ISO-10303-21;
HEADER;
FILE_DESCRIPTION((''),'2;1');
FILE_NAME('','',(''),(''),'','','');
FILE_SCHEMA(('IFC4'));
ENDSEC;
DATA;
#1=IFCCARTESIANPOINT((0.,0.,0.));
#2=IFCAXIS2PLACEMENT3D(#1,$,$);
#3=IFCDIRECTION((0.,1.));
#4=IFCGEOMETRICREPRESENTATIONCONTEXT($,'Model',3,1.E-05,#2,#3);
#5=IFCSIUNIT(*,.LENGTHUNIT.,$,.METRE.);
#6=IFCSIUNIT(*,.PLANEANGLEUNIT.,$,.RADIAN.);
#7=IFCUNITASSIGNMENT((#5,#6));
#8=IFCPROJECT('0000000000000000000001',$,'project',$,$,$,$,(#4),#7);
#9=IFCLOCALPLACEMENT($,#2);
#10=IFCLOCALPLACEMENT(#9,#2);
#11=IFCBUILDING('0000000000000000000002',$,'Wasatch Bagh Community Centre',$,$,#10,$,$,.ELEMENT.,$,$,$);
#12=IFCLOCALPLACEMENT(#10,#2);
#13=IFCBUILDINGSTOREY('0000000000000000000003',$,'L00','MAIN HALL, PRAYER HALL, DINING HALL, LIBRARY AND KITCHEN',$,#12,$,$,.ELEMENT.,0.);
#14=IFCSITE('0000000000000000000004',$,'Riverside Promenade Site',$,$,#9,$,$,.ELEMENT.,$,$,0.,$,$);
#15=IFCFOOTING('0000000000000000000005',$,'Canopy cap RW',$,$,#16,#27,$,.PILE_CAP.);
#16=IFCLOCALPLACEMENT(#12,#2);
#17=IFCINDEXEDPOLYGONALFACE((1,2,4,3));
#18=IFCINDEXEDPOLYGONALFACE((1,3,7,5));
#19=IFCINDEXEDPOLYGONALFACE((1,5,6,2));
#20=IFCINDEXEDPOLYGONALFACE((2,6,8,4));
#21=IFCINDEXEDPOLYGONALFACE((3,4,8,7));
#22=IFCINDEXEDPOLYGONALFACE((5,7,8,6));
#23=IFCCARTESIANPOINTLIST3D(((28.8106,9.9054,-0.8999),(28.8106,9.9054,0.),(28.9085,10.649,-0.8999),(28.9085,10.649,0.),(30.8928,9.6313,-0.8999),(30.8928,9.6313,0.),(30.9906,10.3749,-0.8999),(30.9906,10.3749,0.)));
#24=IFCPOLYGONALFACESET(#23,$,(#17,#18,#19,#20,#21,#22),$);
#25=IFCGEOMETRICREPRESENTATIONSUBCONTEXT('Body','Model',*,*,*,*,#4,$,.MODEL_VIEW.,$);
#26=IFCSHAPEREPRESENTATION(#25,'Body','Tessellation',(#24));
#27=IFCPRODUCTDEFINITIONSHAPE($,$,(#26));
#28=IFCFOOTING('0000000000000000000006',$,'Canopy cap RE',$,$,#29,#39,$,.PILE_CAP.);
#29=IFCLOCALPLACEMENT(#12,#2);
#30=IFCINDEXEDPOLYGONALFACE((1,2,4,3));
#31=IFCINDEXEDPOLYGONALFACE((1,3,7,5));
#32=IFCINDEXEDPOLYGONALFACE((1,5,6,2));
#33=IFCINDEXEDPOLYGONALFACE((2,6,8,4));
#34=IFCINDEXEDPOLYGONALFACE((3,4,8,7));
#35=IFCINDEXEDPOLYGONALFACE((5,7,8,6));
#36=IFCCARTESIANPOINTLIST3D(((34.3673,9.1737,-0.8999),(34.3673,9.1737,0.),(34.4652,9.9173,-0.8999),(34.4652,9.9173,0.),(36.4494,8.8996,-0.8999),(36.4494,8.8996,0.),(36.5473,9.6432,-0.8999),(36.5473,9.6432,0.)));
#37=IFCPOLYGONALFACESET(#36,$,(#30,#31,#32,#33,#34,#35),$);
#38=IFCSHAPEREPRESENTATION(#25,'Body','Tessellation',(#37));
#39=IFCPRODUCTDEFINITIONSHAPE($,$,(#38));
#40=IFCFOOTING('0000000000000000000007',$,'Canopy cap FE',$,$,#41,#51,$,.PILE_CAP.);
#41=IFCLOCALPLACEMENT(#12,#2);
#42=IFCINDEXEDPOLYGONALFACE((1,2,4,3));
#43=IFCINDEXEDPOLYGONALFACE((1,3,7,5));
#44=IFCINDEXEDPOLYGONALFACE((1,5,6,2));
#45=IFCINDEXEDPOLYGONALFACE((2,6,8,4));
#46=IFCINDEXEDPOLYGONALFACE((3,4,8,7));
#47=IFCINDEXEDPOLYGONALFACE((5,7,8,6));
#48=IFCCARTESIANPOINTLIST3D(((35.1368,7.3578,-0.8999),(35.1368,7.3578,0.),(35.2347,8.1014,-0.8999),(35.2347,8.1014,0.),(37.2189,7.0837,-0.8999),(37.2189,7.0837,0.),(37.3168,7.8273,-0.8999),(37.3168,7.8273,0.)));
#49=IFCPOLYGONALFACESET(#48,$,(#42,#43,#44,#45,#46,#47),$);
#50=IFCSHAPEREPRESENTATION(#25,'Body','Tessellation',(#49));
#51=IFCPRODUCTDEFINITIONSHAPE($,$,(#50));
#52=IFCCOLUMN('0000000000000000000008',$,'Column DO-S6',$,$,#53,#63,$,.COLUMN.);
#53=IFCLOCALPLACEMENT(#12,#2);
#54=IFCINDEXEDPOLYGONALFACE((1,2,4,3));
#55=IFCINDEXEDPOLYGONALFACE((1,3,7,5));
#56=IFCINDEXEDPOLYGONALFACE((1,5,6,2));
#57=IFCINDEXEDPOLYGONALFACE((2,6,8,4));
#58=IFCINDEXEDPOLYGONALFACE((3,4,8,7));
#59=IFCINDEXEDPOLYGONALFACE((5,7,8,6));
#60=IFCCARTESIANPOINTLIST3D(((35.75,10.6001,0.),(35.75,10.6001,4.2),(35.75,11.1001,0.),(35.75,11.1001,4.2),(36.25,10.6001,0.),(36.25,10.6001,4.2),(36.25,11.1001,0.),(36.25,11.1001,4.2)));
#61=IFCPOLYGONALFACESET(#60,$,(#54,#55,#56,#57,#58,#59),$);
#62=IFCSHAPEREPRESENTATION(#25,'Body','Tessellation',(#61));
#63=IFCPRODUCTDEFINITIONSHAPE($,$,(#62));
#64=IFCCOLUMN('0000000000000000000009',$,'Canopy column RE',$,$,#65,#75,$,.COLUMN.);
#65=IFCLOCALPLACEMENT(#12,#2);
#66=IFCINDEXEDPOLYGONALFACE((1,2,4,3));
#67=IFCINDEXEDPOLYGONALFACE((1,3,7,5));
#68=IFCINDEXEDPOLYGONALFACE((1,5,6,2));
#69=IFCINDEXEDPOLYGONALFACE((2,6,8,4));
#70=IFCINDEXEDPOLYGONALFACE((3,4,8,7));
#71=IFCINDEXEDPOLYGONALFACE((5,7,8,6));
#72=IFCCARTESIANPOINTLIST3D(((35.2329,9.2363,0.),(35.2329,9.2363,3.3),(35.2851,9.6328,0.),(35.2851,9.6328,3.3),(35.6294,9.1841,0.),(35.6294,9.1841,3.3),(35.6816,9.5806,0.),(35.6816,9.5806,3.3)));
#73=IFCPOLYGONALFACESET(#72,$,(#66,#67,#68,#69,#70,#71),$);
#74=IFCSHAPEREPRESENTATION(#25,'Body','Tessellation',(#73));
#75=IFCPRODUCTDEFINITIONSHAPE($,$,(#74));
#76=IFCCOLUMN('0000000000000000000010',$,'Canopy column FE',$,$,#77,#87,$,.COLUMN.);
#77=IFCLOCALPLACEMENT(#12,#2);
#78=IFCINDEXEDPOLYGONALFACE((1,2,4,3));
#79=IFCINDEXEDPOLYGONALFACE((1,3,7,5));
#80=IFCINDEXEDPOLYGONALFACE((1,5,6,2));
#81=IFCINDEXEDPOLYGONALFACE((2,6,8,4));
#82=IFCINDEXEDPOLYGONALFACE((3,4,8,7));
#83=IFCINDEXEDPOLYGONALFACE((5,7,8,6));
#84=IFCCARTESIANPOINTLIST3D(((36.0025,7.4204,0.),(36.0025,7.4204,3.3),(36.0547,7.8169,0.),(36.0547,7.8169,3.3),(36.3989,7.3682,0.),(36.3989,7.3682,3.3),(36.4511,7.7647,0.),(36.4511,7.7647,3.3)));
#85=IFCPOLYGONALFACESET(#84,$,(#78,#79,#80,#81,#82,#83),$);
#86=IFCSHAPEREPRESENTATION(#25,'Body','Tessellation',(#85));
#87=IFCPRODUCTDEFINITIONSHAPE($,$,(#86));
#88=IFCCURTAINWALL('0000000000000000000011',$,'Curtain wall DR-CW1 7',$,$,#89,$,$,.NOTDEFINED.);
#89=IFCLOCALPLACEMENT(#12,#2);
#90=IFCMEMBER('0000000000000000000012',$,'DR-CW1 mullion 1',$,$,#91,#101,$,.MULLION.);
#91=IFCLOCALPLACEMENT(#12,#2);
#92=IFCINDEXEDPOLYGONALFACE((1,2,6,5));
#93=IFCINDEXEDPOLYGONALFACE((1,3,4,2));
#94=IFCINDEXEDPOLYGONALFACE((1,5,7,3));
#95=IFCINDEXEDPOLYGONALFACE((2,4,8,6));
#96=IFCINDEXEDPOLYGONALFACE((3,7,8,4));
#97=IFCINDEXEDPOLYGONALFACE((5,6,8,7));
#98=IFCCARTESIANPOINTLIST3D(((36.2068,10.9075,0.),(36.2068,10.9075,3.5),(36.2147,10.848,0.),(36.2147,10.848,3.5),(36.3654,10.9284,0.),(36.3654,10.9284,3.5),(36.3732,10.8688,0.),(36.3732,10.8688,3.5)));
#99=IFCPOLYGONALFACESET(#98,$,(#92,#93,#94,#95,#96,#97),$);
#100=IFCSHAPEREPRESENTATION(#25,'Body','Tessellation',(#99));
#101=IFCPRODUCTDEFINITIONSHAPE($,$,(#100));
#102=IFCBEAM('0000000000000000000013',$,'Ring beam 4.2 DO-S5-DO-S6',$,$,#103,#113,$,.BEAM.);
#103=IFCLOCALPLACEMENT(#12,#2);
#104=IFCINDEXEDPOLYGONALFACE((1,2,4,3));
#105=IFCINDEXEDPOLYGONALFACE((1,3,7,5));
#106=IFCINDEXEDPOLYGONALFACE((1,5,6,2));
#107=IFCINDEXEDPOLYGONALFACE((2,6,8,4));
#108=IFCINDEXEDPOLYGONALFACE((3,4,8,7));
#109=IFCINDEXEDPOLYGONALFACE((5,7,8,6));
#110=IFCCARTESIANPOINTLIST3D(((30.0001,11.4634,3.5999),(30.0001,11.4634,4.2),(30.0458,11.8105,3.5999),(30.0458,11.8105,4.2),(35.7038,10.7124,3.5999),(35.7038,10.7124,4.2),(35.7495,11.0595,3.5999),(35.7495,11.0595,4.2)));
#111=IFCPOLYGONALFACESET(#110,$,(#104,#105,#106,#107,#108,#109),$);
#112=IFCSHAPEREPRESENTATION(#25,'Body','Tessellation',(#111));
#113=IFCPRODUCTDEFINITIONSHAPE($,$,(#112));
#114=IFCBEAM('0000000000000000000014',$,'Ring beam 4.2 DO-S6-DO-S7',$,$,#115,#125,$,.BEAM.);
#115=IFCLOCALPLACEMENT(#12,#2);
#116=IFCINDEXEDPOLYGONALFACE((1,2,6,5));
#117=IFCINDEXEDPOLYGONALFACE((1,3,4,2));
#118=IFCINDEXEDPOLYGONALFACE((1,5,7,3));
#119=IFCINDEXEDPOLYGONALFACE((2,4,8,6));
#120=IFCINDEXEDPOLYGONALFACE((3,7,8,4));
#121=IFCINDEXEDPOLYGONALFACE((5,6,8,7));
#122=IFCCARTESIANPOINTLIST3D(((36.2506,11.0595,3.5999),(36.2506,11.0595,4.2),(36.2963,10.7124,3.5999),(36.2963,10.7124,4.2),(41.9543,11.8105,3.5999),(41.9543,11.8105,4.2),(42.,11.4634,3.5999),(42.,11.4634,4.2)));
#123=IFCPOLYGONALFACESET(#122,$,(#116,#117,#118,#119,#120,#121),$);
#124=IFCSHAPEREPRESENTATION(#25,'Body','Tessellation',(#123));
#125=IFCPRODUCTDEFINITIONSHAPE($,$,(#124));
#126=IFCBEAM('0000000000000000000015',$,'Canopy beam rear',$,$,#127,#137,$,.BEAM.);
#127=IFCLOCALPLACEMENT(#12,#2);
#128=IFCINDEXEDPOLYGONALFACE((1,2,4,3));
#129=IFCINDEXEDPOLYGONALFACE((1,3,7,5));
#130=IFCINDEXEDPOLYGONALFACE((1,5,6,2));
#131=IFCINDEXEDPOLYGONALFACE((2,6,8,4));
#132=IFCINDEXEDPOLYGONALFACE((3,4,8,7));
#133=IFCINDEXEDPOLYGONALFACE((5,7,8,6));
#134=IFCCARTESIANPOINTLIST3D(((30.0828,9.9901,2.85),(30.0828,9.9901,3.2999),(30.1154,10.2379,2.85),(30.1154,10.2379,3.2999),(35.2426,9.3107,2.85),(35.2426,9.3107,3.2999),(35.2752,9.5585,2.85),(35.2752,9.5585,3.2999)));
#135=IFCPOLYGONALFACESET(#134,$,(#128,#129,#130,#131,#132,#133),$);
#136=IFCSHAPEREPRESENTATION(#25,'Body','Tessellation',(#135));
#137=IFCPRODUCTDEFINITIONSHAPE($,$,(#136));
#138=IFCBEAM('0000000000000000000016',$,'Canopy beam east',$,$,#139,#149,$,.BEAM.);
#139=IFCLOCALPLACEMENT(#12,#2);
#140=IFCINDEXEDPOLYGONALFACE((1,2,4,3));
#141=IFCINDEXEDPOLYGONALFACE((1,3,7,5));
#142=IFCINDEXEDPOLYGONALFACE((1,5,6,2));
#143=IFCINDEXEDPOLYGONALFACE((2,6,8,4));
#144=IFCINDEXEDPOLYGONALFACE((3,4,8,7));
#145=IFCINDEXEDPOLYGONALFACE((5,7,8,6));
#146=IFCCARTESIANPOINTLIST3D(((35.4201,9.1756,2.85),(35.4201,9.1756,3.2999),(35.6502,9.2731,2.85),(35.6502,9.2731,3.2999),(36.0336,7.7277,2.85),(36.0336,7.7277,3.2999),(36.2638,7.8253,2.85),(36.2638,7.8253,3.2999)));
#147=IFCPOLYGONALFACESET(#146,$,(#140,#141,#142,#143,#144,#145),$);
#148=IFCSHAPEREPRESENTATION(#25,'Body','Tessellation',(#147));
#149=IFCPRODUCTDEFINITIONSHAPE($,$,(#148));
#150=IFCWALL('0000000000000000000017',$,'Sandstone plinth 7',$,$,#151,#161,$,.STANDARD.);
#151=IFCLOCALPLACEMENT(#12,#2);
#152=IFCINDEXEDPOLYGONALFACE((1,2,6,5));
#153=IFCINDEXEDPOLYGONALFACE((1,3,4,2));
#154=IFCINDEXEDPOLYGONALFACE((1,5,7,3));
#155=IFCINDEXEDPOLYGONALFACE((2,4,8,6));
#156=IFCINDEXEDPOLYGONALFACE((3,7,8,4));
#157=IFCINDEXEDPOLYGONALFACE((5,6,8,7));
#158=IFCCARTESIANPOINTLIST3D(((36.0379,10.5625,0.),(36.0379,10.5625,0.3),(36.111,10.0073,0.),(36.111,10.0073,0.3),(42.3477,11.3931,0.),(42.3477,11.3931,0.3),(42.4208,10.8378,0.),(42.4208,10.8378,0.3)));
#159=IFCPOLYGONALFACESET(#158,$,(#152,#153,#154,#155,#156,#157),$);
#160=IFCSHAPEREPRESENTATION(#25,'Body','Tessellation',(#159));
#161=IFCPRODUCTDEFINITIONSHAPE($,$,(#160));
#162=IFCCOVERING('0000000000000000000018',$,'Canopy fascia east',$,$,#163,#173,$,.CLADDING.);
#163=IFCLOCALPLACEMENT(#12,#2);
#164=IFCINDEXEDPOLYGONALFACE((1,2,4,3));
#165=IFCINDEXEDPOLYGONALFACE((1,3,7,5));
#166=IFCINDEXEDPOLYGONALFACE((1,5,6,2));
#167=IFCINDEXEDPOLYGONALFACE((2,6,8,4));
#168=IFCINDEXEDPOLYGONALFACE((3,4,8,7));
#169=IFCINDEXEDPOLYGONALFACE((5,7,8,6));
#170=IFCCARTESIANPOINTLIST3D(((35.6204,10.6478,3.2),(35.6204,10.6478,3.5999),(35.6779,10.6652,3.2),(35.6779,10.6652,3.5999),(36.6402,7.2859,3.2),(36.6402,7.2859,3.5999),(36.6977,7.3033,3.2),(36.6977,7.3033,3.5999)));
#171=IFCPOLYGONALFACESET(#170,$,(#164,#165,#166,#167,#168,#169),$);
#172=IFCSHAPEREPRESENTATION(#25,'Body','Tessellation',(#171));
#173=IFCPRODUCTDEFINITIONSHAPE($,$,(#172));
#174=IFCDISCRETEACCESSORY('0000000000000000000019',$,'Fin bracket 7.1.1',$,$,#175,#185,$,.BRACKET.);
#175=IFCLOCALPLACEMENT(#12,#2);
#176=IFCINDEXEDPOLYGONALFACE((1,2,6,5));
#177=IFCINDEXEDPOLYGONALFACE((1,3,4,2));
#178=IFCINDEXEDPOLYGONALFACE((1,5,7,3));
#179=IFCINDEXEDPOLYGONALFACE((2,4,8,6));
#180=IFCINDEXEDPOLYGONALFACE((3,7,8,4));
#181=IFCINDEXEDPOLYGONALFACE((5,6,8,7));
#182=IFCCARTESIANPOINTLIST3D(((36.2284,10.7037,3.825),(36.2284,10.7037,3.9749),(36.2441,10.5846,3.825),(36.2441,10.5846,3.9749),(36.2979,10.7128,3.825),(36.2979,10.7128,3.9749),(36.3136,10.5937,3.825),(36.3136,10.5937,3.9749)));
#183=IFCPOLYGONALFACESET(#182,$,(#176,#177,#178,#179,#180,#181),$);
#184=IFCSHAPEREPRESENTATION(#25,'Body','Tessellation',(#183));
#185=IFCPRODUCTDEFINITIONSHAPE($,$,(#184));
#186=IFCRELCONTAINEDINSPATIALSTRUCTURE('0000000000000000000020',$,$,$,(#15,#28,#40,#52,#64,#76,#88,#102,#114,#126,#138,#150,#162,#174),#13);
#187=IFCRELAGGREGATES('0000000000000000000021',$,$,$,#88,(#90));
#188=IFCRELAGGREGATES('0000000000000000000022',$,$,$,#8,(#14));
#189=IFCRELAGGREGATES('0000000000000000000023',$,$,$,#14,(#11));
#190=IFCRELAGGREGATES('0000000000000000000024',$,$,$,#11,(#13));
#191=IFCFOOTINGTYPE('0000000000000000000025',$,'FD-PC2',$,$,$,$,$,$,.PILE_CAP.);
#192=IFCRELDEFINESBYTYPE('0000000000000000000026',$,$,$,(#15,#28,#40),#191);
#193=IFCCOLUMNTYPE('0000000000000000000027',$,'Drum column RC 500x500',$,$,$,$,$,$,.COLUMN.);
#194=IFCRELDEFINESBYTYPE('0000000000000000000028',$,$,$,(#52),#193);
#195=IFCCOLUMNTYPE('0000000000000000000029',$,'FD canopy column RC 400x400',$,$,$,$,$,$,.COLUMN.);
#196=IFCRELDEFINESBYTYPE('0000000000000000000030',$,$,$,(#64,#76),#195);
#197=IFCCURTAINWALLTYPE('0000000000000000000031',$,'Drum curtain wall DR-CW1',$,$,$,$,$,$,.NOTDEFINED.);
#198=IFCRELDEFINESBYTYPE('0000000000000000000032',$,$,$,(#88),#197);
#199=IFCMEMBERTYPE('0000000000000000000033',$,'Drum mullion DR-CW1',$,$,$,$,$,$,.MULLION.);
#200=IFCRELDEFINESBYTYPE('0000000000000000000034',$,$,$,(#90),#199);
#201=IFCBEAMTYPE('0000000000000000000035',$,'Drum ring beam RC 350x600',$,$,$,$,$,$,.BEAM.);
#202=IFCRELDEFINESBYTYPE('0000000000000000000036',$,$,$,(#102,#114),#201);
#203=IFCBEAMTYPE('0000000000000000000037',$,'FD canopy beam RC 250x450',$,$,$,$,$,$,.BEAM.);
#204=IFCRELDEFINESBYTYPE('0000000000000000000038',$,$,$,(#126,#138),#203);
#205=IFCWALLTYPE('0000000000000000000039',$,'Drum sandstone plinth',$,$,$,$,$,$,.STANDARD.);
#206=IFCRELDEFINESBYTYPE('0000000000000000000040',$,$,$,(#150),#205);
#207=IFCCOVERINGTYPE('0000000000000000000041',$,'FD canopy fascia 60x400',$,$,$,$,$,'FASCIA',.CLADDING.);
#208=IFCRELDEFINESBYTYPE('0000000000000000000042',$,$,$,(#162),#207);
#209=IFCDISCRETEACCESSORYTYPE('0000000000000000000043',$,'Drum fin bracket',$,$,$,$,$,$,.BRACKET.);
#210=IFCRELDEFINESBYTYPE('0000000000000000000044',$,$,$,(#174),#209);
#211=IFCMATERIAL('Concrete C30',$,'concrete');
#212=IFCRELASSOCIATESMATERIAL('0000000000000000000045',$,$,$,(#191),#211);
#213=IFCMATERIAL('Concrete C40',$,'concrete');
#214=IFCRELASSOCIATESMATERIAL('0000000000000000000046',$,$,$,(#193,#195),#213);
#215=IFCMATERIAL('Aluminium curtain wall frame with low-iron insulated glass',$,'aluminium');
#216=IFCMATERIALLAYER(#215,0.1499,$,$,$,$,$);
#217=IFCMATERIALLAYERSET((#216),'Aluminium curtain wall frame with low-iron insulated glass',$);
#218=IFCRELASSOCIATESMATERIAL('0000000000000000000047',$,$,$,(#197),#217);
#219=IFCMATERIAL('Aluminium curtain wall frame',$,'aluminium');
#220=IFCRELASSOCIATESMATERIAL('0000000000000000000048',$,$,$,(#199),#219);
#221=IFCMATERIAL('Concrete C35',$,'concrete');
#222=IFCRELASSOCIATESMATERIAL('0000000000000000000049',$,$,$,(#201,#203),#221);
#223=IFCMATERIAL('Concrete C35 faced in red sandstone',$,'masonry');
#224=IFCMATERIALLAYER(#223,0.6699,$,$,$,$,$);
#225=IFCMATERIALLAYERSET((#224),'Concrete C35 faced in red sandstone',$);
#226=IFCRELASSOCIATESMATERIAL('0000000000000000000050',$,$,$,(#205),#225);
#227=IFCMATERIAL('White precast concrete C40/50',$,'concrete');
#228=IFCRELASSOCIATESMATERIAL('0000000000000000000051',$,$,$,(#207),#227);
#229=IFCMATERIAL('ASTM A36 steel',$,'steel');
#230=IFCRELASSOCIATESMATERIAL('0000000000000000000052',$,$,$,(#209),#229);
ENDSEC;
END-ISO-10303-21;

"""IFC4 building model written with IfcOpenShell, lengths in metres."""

from ifc_helpers import new_model, si_unit, direction, frame, frame_2d, origin, origin_2d, place, context, subcontext, project, spatial, rectangle, extrude, material, layer, layer_set, material_profile, profile_set, type_object, element, aggregate, save


model = new_model("IFC4")

# Units and contexts
model_context = context("Model", 3, precision=1e-05, world=origin(), true_north=direction((0.0, 1.0)))
body_context = subcontext(model_context, "Body", "Model", "MODEL_VIEW")
ifc_project = project(units=[si_unit("LENGTHUNIT", "METRE"), si_unit("PLANEANGLEUNIT", "RADIAN")], contexts=[model_context])

# Site, building, storey
site_placement = place(None, origin())
site = spatial("IfcSite", under=ifc_project, at=site_placement, Name="Riverside Promenade Site", CompositionType="ELEMENT", RefElevation=0.0)
building_placement = place(site_placement, origin())
building = spatial("IfcBuilding", under=site, at=building_placement, Name="Wasatch Bagh Community Centre", CompositionType="ELEMENT")
storey_placement = place(building_placement, origin())
storey = spatial("IfcBuildingStorey", under=building, at=storey_placement, Name="L00", Description="MAIN HALL, PRAYER HALL, DINING HALL, LIBRARY AND KITCHEN", CompositionType="ELEMENT", Elevation=0.0)

# Shared definitions
ifc_material_1 = material(Name="Concrete C30", Category="concrete")

# Footings
footing_type = type_object("IfcFootingType", Name="FD-PC2", PredefinedType="PILE_CAP", material=ifc_material_1)
for number, where, z_axis, x_axis, name in (
    (1, (29.9006, 10.1401, -0.8999), (0.0, 0.0, 1.0), (0.991445, -0.130526, 0.0), "Canopy cap RW"),
    (2, (35.4573, 9.4084, -0.8999), (0.0, 0.0, 1.0), (0.991445, -0.130526, 0.0), "Canopy cap RE"),
    (3, (36.2268, 7.5925, -0.8999), (0.0, 0.0, 1.0), (0.991445, -0.130526, 0.0), "Canopy cap FE"),
):
    element("IfcFooting", number, at=place(storey_placement, frame(where, z_axis=z_axis, x_axis=x_axis)), inside=storey, type_object=footing_type, Name=name, PredefinedType="PILE_CAP", context=body_context, shape_type="SweptSolid", body=[
        extrude(rectangle(XDim=2.1001, YDim=0.75, at=origin_2d()), origin(), (0.0, 0.0, 1.0), 0.8999),
    ])

# Columns
ifc_material_2 = material(Name="Concrete C40", Category="concrete")
ifc_material_profile_1 = material_profile(ifc_material_2, rectangle(XDim=0.5, YDim=0.5, at=origin_2d()), Name="RC 500x500")
ifc_profile_set_1 = profile_set([ifc_material_profile_1], Name="Concrete C40")
column_type_1 = type_object("IfcColumnType", Name="Drum column RC 500x500", PredefinedType="COLUMN", material=ifc_profile_set_1)
column_placement = place(storey_placement, frame((36.0, 10.8501, 0.0), z_axis=(0.0, 0.0, 1.0), x_axis=(1.0, 0.0, 0.0)))
element("IfcColumn", 4, at=column_placement, inside=storey, type_object=column_type_1, Name="Column DO-S6", PredefinedType="COLUMN", context=body_context, shape_type="SweptSolid", body=[
    extrude(rectangle(XDim=0.5, YDim=0.5, at=origin_2d()), origin(), (0.0, 0.0, 1.0), 4.2),
])
ifc_material_profile_2 = material_profile(ifc_material_2, rectangle(XDim=0.3999, YDim=0.3999, at=origin_2d()), Name="RC 400x400")
ifc_profile_set_2 = profile_set([ifc_material_profile_2], Name="Concrete C40")
column_type_2 = type_object("IfcColumnType", Name="FD canopy column RC 400x400", PredefinedType="COLUMN", material=ifc_profile_set_2)
for number, where, z_axis, x_axis, name in (
    (5, (35.4573, 9.4084, 0.0), (0.0, 0.0, 1.0), (0.991445, -0.130526, 0.0), "Canopy column RE"),
    (6, (36.2268, 7.5925, 0.0), (0.0, 0.0, 1.0), (0.991445, -0.130526, 0.0), "Canopy column FE"),
):
    element("IfcColumn", number, at=place(storey_placement, frame(where, z_axis=z_axis, x_axis=x_axis)), inside=storey, type_object=column_type_2, Name=name, PredefinedType="COLUMN", context=body_context, shape_type="SweptSolid", body=[
        extrude(rectangle(XDim=0.3999, YDim=0.3999, at=origin_2d()), origin(), (0.0, 0.0, 1.0), 3.3),
    ])

# Curtain wall, member
ifc_material_3 = material(Name="Aluminium curtain wall frame with low-iron insulated glass", Category="aluminium")
ifc_layer_1 = layer(ifc_material_3, 0.1499)
ifc_layer_set_1 = layer_set([ifc_layer_1], Name="Aluminium curtain wall frame with low-iron insulated glass")
curtain_wall_type = type_object("IfcCurtainWallType", Name="Drum curtain wall DR-CW1", PredefinedType="NOTDEFINED", material=ifc_layer_set_1)
curtain_wall_placement = place(storey_placement, origin())
curtain_wall = element("IfcCurtainWall", 7, at=curtain_wall_placement, inside=storey, type_object=curtain_wall_type, Name="Curtain wall DR-CW1 7", PredefinedType="NOTDEFINED")
ifc_material_4 = material(Name="Aluminium curtain wall frame", Category="aluminium")
ifc_material_profile_3 = material_profile(ifc_material_4, rectangle(XDim=0.0601, YDim=0.1599, at=origin_2d()), Name="Drum mullion DR-CW1")
ifc_profile_set_3 = profile_set([ifc_material_profile_3], Name="Aluminium curtain wall frame")
member_type = type_object("IfcMemberType", Name="Drum mullion DR-CW1", PredefinedType="MULLION", material=ifc_profile_set_3)
member_placement = place(storey_placement, frame((36.29, 10.8882, 0.0), z_axis=(0.0, 0.0, 1.0), x_axis=(-0.130526, 0.991445, 0.0)))
member = element("IfcMember", 8, at=member_placement, type_object=member_type, Name="DR-CW1 mullion 1", PredefinedType="MULLION", context=body_context, shape_type="SweptSolid", body=[
    extrude(rectangle(XDim=0.0601, YDim=0.1599, at=origin_2d()), origin(), (0.0, 0.0, 1.0), 3.5),
])
aggregate(curtain_wall, [member])

# Beams
ifc_material_5 = material(Name="Concrete C35", Category="concrete")
ifc_material_profile_4 = material_profile(ifc_material_5, rectangle(XDim=0.3501, YDim=0.6001, at=origin_2d()), Name="RC 350x600")
ifc_profile_set_4 = profile_set([ifc_material_profile_4], Name="Concrete C35")
beam_type_1 = type_object("IfcBeamType", Name="Drum ring beam RC 350x600", PredefinedType="BEAM", material=ifc_profile_set_4)
for number, where, z_axis, x_axis, name in (
    (9, (30.0229, 11.637, 3.8999), (0.991443, -0.13054, 0.0), (0.13054, 0.991443, 0.0), "Ring beam 4.2 DO-S5-DO-S6"),
    (10, (36.2734, 10.886, 3.8999), (0.991443, 0.13054, 0.0), (-0.13054, 0.991443, 0.0), "Ring beam 4.2 DO-S6-DO-S7"),
):
    element("IfcBeam", number, at=place(storey_placement, frame(where, z_axis=z_axis, x_axis=x_axis)), inside=storey, type_object=beam_type_1, Name=name, PredefinedType="BEAM", context=body_context, shape_type="SweptSolid", body=[
        extrude(rectangle(XDim=0.3501, YDim=0.6001, at=origin_2d()), origin(), (0.0, 0.0, 1.0), 5.7529),
    ])
ifc_material_profile_5 = material_profile(ifc_material_5, rectangle(XDim=0.25, YDim=0.45, at=origin_2d()), Name="RC 250x450")
ifc_profile_set_5 = profile_set([ifc_material_profile_5], Name="Concrete C35")
beam_type_2 = type_object("IfcBeamType", Name="FD canopy beam RC 250x450", PredefinedType="BEAM", material=ifc_profile_set_5)
beam_1_placement = place(storey_placement, frame((30.0991, 10.114, 3.075), z_axis=(0.991442, -0.13055, 0.0), x_axis=(0.13055, 0.991442, 0.0)))
element("IfcBeam", 11, at=beam_1_placement, inside=storey, type_object=beam_type_2, Name="Canopy beam rear", PredefinedType="BEAM", context=body_context, shape_type="SweptSolid", body=[
    extrude(rectangle(XDim=0.25, YDim=0.45, at=origin_2d()), origin(), (0.0, 0.0, 1.0), 5.2043),
])
beam_2_placement = place(storey_placement, frame((35.5352, 9.2244, 3.075), z_axis=(0.390187, -0.920736, 0.0), x_axis=(0.920736, 0.390187, 0.0)))
element("IfcBeam", 12, at=beam_2_placement, inside=storey, type_object=beam_type_2, Name="Canopy beam east", PredefinedType="BEAM", context=body_context, shape_type="SweptSolid", body=[
    extrude(rectangle(XDim=0.25, YDim=0.45, at=origin_2d()), origin(), (0.0, 0.0, 1.0), 1.5725),
])

# Wall
ifc_material_6 = material(Name="Concrete C35 faced in red sandstone", Category="masonry")
ifc_layer_2 = layer(ifc_material_6, 0.6699)
ifc_layer_set_2 = layer_set([ifc_layer_2], Name="Concrete C35 faced in red sandstone")
wall_type_1 = type_object("IfcWallType", Name="Drum sandstone plinth", PredefinedType="STANDARD", material=ifc_layer_set_2)
wall_1_placement = place(storey_placement, frame((36.0745, 10.2849, 0.0), z_axis=(0.0, 0.0, 1.0), x_axis=(0.991448, 0.130505, 0.0)))
element("IfcWall", 13, at=wall_1_placement, inside=storey, type_object=wall_type_1, Name="Sandstone plinth 7", PredefinedType="STANDARD", context=body_context, shape_type="SweptSolid", body=[
    extrude(rectangle(XDim=6.3643, YDim=0.5601, at=frame_2d((3.1821, 0.0))), origin(), (0.0, 0.0, 1.0), 0.3),
])

# Covering
ifc_material_7 = material(Name="White precast concrete C40/50", Category="concrete")
ifc_material_profile_6 = material_profile(ifc_material_7, rectangle(XDim=0.0601, YDim=0.3999, at=origin_2d()), Name="FASCIA 60x400")
ifc_profile_set_6 = profile_set([ifc_material_profile_6], Name="White precast concrete C40/50")
covering_type = type_object("IfcCoveringType", Name="FD canopy fascia 60x400", ElementType="FASCIA", PredefinedType="CLADDING", material=ifc_profile_set_6)
covering_placement = place(storey_placement, frame((35.6492, 10.6565, 3.3999), z_axis=(0.290279, -0.956942, 0.0), x_axis=(0.956942, 0.290279, 0.0)))
element("IfcCovering", 14, at=covering_placement, inside=storey, type_object=covering_type, Name="Canopy fascia east", PredefinedType="CLADDING", context=body_context, shape_type="SweptSolid", body=[
    extrude(rectangle(XDim=0.0601, YDim=0.3999, at=origin_2d()), origin(), (0.0, 0.0, 1.0), 3.5132),
])

# Discrete accessory
ifc_material_8 = material(Name="ASTM A36 steel", Category="steel")
discrete_accessory_type = type_object("IfcDiscreteAccessoryType", Name="Drum fin bracket", PredefinedType="BRACKET", material=ifc_material_8)
discrete_accessory_placement = place(storey_placement, frame((36.271, 10.6487, 3.825), z_axis=(0.0, 0.0, 1.0), x_axis=(0.991445, 0.130526, 0.0)))
element("IfcDiscreteAccessory", 15, at=discrete_accessory_placement, inside=storey, type_object=discrete_accessory_type, Name="Fin bracket 7.1.1", PredefinedType="BRACKET", context=body_context, shape_type="SweptSolid", body=[
    extrude(rectangle(XDim=0.0701, YDim=0.1201, at=origin_2d()), origin(), (0.0, 0.0, 1.0), 0.1499),
])

save(model, "model.ifc")
